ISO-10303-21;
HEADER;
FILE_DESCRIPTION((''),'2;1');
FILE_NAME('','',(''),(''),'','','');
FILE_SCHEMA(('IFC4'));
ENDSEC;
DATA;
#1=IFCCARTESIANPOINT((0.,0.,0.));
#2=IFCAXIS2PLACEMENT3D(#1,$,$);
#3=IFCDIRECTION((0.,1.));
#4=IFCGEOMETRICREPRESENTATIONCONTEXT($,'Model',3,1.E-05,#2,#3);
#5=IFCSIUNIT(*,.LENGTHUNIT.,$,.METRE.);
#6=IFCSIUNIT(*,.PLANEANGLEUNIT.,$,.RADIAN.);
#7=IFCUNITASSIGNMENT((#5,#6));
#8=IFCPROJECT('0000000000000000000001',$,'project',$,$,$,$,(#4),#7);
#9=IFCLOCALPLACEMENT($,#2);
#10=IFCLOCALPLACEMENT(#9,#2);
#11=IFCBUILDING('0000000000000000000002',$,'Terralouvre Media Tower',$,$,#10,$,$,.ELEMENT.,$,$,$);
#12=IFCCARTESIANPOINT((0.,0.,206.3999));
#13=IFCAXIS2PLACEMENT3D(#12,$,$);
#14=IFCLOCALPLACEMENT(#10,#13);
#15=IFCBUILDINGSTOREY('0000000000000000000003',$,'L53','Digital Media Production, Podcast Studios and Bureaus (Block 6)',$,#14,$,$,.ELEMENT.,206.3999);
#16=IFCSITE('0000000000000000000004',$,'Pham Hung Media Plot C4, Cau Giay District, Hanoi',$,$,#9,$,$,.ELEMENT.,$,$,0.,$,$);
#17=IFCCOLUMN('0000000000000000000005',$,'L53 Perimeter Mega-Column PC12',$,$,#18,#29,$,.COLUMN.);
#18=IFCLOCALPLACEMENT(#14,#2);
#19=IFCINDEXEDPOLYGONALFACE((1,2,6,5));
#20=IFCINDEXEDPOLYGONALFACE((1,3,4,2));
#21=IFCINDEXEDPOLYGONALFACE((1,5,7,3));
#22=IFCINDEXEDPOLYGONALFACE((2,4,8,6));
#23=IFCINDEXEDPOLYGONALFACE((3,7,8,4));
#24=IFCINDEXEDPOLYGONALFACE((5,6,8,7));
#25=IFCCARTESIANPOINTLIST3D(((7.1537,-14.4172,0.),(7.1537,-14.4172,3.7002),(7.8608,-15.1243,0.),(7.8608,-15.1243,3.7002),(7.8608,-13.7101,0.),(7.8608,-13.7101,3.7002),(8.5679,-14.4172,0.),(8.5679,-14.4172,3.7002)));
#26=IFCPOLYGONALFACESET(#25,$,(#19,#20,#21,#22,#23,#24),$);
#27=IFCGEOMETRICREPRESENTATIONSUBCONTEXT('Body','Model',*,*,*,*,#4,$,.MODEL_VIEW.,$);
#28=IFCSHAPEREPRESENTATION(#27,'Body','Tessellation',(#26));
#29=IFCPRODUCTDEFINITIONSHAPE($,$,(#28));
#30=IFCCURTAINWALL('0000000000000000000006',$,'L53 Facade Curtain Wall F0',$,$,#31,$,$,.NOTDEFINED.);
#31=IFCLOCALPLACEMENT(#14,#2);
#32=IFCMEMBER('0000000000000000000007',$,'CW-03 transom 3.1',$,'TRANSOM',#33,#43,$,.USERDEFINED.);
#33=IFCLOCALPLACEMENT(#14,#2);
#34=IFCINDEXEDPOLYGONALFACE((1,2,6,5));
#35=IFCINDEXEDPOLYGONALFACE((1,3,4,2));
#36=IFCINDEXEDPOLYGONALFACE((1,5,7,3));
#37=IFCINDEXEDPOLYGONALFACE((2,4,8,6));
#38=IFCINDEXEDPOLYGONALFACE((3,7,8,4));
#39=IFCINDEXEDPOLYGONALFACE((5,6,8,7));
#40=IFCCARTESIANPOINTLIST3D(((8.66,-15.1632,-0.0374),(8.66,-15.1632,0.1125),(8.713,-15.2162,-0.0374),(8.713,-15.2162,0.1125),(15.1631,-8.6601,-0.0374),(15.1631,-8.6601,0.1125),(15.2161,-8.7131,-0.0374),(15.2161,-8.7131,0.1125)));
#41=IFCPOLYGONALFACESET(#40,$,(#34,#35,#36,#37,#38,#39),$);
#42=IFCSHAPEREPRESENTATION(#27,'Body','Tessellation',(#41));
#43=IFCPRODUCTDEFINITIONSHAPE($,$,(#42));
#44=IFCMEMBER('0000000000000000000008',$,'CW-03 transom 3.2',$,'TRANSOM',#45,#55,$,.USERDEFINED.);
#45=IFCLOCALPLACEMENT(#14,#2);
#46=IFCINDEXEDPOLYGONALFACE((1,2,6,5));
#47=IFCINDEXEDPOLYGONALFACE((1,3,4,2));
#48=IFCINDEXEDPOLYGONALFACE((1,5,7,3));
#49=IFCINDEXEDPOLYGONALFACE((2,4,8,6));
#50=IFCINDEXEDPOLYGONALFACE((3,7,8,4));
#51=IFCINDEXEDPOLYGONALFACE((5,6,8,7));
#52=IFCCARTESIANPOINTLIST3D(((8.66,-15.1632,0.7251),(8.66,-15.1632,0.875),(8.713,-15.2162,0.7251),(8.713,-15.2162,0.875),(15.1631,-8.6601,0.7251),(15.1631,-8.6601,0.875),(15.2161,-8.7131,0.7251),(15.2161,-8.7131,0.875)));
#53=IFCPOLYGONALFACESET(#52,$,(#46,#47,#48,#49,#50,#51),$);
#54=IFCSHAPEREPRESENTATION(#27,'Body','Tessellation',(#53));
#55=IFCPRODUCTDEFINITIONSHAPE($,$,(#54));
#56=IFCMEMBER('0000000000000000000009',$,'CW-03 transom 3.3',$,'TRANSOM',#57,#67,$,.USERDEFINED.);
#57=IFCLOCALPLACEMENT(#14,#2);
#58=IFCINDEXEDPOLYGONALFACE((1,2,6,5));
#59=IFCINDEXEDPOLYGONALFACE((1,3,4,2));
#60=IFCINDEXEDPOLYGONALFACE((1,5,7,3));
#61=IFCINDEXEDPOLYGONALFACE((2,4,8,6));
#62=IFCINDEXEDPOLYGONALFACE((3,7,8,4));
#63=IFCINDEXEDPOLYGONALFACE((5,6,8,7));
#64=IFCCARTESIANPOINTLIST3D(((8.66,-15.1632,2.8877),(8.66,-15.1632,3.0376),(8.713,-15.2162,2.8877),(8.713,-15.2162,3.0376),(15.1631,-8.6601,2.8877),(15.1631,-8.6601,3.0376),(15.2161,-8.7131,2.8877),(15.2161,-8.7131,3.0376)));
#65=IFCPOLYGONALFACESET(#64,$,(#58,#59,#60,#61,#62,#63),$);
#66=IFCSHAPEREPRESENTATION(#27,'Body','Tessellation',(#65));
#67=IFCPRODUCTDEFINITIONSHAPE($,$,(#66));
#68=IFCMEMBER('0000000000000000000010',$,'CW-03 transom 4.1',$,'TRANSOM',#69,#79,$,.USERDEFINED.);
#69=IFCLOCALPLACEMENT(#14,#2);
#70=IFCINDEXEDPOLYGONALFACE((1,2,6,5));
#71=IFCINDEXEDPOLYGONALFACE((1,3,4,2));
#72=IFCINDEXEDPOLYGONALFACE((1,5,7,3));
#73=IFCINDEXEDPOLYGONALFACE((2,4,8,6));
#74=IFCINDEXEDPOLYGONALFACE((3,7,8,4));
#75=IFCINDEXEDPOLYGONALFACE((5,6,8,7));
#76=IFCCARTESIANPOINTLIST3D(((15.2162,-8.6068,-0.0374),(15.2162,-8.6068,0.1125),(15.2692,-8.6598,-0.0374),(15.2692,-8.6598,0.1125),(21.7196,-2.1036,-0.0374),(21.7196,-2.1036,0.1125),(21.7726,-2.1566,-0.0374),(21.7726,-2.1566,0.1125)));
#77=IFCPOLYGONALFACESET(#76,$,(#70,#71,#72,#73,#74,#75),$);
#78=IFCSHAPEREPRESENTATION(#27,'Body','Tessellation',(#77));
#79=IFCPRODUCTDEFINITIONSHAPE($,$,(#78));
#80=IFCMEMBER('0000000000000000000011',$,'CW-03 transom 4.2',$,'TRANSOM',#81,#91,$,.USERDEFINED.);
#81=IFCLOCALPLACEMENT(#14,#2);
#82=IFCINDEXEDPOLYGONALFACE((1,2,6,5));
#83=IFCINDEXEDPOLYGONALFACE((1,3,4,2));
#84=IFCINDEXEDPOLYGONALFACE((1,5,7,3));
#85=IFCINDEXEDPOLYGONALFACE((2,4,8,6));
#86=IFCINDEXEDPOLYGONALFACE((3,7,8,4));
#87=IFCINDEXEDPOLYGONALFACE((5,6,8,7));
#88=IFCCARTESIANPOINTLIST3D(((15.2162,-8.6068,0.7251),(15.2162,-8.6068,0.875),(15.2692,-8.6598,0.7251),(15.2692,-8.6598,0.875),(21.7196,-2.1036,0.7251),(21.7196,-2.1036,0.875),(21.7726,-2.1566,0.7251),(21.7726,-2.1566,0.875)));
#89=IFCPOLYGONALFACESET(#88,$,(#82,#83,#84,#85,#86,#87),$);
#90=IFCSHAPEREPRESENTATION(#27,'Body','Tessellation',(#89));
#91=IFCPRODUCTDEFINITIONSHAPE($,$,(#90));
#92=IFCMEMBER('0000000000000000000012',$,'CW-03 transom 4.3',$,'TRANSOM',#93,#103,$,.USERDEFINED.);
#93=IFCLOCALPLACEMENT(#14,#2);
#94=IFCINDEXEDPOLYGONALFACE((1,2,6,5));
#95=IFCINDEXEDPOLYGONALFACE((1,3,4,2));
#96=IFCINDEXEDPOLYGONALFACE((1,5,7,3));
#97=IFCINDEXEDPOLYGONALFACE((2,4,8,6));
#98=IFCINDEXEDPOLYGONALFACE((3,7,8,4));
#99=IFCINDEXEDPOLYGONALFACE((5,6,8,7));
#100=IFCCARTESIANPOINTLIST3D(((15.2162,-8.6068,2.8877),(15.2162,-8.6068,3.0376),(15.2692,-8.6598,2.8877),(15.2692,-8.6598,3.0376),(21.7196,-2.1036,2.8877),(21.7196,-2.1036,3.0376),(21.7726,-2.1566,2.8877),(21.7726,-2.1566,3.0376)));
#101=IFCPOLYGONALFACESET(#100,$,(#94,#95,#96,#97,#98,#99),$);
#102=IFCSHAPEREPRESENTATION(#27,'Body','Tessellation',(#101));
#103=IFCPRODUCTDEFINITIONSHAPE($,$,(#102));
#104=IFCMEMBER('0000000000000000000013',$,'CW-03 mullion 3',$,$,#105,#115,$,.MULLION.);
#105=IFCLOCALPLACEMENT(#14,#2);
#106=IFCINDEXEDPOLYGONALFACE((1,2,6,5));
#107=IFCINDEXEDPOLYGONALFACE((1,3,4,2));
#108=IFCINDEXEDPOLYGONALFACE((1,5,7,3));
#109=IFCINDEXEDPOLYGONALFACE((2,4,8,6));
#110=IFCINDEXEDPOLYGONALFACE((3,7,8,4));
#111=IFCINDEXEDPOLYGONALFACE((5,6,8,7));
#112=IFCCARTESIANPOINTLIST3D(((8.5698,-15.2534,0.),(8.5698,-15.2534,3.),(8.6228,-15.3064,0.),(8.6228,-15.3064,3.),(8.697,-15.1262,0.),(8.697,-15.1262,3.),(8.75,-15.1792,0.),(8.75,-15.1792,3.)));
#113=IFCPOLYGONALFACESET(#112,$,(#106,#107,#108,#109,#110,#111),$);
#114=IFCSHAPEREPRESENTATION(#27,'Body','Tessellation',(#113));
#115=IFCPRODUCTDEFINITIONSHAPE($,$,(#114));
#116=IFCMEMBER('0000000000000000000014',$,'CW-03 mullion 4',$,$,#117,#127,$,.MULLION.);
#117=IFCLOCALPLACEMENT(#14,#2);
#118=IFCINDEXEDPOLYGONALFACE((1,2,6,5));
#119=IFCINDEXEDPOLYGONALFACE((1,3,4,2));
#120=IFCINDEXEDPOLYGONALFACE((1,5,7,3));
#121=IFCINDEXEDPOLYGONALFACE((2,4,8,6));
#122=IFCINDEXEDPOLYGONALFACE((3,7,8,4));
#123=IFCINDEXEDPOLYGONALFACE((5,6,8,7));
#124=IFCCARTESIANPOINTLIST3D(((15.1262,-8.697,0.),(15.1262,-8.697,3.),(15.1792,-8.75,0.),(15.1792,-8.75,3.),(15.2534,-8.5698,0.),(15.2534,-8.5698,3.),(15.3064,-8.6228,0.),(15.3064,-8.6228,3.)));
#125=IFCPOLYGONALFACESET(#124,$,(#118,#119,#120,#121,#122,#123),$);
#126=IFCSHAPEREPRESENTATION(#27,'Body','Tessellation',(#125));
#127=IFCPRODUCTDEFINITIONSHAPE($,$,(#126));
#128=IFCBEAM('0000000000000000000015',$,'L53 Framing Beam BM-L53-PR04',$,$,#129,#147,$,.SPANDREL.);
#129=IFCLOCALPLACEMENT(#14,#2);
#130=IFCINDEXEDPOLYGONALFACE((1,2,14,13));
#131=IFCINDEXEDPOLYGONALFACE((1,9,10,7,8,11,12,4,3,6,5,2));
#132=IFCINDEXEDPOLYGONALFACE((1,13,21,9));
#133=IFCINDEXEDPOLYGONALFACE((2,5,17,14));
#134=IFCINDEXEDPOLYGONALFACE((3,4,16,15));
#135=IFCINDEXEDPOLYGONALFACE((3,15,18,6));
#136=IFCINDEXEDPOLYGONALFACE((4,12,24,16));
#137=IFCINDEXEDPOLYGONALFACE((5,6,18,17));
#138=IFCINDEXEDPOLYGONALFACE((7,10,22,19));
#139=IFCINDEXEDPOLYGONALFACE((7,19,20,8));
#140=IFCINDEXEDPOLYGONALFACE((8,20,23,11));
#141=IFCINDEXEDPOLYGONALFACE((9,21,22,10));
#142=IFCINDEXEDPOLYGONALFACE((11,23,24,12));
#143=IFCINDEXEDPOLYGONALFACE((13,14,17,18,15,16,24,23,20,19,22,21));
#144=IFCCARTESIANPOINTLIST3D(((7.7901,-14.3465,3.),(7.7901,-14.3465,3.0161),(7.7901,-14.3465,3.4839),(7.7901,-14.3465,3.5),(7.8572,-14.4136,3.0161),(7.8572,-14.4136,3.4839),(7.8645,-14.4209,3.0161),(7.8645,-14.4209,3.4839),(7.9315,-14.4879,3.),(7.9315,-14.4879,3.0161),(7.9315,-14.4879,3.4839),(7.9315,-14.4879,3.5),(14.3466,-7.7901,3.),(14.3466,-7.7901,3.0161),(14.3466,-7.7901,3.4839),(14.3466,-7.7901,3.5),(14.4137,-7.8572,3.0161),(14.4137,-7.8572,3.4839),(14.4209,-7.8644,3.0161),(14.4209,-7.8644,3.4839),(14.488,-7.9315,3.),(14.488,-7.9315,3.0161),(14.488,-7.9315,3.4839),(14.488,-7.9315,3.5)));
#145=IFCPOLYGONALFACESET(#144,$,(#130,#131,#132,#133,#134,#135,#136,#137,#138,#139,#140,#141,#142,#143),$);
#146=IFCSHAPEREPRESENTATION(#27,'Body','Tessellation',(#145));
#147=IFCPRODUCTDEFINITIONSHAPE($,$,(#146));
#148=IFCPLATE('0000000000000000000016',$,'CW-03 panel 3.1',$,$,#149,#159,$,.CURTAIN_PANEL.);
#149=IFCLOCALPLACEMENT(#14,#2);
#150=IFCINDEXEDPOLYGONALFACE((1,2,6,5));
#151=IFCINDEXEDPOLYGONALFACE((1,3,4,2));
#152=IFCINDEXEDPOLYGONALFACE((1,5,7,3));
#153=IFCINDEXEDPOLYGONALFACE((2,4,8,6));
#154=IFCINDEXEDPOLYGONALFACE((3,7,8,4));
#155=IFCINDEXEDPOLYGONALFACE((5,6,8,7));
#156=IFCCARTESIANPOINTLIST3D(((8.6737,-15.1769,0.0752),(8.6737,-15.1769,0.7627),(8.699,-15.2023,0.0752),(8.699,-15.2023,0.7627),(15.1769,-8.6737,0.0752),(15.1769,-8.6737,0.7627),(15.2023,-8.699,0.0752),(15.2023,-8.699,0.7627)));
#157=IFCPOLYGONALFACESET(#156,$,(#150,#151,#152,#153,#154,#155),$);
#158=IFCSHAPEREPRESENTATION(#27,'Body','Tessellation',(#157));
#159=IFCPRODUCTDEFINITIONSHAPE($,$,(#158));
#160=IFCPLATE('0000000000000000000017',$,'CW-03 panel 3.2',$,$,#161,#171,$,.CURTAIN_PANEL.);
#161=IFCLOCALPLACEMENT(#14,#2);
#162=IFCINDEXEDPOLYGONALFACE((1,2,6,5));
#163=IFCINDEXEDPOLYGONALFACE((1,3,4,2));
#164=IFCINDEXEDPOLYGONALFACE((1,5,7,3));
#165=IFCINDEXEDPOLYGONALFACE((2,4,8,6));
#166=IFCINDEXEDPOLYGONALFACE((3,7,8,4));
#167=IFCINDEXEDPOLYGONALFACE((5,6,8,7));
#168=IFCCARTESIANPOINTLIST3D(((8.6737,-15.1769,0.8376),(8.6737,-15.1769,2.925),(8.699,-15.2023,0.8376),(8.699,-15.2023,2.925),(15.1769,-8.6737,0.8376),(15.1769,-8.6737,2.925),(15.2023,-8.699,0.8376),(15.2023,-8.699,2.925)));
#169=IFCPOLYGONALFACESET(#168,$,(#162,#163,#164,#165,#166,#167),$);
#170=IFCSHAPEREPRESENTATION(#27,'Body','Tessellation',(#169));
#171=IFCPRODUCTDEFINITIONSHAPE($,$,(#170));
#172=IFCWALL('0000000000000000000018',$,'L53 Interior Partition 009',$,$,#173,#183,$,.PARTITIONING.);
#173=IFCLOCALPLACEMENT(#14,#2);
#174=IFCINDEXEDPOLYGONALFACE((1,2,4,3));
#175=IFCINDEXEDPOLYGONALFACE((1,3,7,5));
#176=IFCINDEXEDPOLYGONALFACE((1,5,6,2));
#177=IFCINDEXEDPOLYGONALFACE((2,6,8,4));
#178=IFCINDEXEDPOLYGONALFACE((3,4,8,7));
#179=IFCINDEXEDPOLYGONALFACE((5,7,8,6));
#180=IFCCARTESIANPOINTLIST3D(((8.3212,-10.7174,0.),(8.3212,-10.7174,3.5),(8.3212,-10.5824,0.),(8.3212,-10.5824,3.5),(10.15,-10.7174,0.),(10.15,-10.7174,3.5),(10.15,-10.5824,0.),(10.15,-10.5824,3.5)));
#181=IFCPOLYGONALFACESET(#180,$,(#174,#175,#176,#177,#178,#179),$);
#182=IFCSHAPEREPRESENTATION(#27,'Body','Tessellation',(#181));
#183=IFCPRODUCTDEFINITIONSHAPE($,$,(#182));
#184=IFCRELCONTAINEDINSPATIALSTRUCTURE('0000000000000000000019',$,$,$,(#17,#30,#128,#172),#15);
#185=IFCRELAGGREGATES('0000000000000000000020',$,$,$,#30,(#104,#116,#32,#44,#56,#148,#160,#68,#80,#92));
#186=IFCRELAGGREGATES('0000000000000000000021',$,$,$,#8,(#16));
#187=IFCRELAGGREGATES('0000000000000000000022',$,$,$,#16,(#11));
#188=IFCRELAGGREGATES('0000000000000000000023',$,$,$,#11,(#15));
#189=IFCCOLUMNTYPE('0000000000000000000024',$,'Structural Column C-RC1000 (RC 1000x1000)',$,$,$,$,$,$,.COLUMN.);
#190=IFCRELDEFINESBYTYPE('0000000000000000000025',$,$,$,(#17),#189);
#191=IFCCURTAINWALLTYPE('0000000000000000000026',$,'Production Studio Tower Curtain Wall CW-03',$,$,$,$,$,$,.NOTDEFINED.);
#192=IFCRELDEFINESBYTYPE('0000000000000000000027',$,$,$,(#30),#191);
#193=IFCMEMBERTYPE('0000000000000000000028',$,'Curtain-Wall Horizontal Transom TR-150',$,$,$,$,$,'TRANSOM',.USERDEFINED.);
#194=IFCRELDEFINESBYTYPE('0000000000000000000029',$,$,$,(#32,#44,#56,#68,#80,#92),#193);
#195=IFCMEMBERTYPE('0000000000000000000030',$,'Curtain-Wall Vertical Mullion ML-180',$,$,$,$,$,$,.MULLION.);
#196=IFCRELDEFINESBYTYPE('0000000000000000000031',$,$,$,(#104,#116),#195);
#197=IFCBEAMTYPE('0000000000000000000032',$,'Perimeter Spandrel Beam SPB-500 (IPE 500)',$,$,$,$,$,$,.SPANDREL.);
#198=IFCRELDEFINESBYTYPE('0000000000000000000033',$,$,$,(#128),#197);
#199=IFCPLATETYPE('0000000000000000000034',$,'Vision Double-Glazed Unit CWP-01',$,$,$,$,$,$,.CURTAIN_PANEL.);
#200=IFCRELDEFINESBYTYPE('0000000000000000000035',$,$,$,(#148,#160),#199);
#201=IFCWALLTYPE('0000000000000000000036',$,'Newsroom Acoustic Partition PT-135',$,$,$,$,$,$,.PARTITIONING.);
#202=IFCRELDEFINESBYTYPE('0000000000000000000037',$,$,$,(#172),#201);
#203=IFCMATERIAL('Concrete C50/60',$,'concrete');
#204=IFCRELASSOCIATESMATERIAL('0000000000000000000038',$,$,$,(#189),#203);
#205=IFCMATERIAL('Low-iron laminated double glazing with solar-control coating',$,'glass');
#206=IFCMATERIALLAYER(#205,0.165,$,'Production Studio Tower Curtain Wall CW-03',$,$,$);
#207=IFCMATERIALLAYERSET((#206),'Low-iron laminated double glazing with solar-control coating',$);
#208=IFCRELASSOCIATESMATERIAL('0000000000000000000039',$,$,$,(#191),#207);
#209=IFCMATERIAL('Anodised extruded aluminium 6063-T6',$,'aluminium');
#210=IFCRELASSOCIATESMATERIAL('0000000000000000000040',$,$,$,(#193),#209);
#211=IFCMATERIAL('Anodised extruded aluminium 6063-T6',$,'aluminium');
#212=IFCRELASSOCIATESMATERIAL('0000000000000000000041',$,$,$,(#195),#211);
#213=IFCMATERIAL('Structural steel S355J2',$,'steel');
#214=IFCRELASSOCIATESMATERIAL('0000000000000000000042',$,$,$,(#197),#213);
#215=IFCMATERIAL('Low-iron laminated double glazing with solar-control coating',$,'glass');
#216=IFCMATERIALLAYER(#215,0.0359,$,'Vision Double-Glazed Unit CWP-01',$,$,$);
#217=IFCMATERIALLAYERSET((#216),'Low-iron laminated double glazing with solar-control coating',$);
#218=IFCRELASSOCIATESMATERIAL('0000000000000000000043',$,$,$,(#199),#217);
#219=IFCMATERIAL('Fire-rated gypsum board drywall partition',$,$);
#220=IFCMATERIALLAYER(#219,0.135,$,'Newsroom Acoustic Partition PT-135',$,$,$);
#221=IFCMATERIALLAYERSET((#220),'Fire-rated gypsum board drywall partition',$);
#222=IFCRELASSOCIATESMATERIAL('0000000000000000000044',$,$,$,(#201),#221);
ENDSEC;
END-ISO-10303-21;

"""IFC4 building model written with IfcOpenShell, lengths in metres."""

from ifc_helpers import new_model, si_unit, direction, frame, frame_2d, origin, origin_2d, place, context, subcontext, project, spatial, rectangle, i_section, extrude, material, layer, layer_set, material_profile, profile_set, type_object, element, aggregate, save


model = new_model("IFC4")

# Units and contexts
model_context = context("Model", 3, precision=1e-05, world=origin(), true_north=direction((0.0, 1.0)))
body_context = subcontext(model_context, "Body", "Model", "MODEL_VIEW")
ifc_project = project(units=[si_unit("LENGTHUNIT", "METRE"), si_unit("PLANEANGLEUNIT", "RADIAN")], contexts=[model_context])

# Site, building, storey
site_placement = place(None, origin())
site = spatial("IfcSite", under=ifc_project, at=site_placement, Name="Pham Hung Media Plot C4, Cau Giay District, Hanoi", CompositionType="ELEMENT", RefElevation=0.0)
building_placement = place(site_placement, origin())
building = spatial("IfcBuilding", under=site, at=building_placement, Name="Terralouvre Media Tower", CompositionType="ELEMENT")
storey_placement = place(building_placement, frame((0.0, 0.0, 206.3999)))
storey = spatial("IfcBuildingStorey", under=building, at=storey_placement, Name="L53", Description="Digital Media Production, Podcast Studios and Bureaus (Block 6)", CompositionType="ELEMENT", Elevation=206.3999)

# Column
ifc_material_1 = material(Name="Concrete C50/60", Category="concrete")
ifc_material_profile_1 = material_profile(ifc_material_1, rectangle(XDim=1.0, YDim=1.0, at=origin_2d()), Name="RC 1000x1000")
ifc_profile_set_1 = profile_set([ifc_material_profile_1], Name="Concrete C50/60")
column_type = type_object("IfcColumnType", Name="Structural Column C-RC1000 (RC 1000x1000)", PredefinedType="COLUMN", material=ifc_profile_set_1)
column_placement = place(storey_placement, frame((7.8608, -14.4172, 0.0), z_axis=(0.0, 0.0, 1.0), x_axis=(0.707107, 0.707107, 0.0)))
element("IfcColumn", 1, at=column_placement, inside=storey, type_object=column_type, Name="L53 Perimeter Mega-Column PC12", PredefinedType="COLUMN", context=body_context, shape_type="SweptSolid", body=[
    extrude(rectangle(XDim=1.0, YDim=1.0, at=origin_2d()), origin(), (0.0, 0.0, 1.0), 3.7002),
])

# Curtain wall, members
ifc_material_2 = material(Name="Low-iron laminated double glazing with solar-control coating", Category="glass")
ifc_layer_1 = layer(ifc_material_2, 0.165, Name="Production Studio Tower Curtain Wall CW-03")
ifc_layer_set_1 = layer_set([ifc_layer_1], Name="Low-iron laminated double glazing with solar-control coating")
curtain_wall_type = type_object("IfcCurtainWallType", Name="Production Studio Tower Curtain Wall CW-03", PredefinedType="NOTDEFINED", material=ifc_layer_set_1)
curtain_wall_placement = place(storey_placement, origin())
curtain_wall = element("IfcCurtainWall", 2, at=curtain_wall_placement, inside=storey, type_object=curtain_wall_type, Name="L53 Facade Curtain Wall F0", PredefinedType="NOTDEFINED")
ifc_material_3 = material(Name="Anodised extruded aluminium 6063-T6", Category="aluminium")
ifc_material_profile_2 = material_profile(ifc_material_3, rectangle(XDim=0.075, YDim=0.1499, at=origin_2d()), Name="ALU 75x150")
ifc_profile_set_2 = profile_set([ifc_material_profile_2], Name="Anodised extruded aluminium 6063-T6")
member_type_1 = type_object("IfcMemberType", Name="Curtain-Wall Horizontal Transom TR-150", ElementType="TRANSOM", PredefinedType="USERDEFINED", material=ifc_profile_set_2)
member_1_placement = place(storey_placement, frame((8.6865, -15.1897, 0.0376), z_axis=(0.707107, 0.707107, 0.0), x_axis=(-0.707107, 0.707107, 0.0)))
member_1 = element("IfcMember", 3, at=member_1_placement, type_object=member_type_1, Name="CW-03 transom 3.1", ObjectType="TRANSOM", PredefinedType="USERDEFINED", context=body_context, shape_type="SweptSolid", body=[
    extrude(rectangle(XDim=0.075, YDim=0.1499, at=origin_2d()), origin(), (0.0, 0.0, 1.0), 9.1968),
])
member_2_placement = place(storey_placement, frame((8.6865, -15.1897, 0.8), z_axis=(0.707107, 0.707107, 0.0), x_axis=(-0.707107, 0.707107, 0.0)))
member_2 = element("IfcMember", 4, at=member_2_placement, type_object=member_type_1, Name="CW-03 transom 3.2", ObjectType="TRANSOM", PredefinedType="USERDEFINED", context=body_context, shape_type="SweptSolid", body=[
    extrude(rectangle(XDim=0.075, YDim=0.1499, at=origin_2d()), origin(), (0.0, 0.0, 1.0), 9.1968),
])
member_3_placement = place(storey_placement, frame((8.6865, -15.1897, 2.9626), z_axis=(0.707107, 0.707107, 0.0), x_axis=(-0.707107, 0.707107, 0.0)))
member_3 = element("IfcMember", 5, at=member_3_placement, type_object=member_type_1, Name="CW-03 transom 3.3", ObjectType="TRANSOM", PredefinedType="USERDEFINED", context=body_context, shape_type="SweptSolid", body=[
    extrude(rectangle(XDim=0.075, YDim=0.1499, at=origin_2d()), origin(), (0.0, 0.0, 1.0), 9.1968),
])
member_4_placement = place(storey_placement, frame((15.2427, -8.6333, 0.0376), z_axis=(0.70712, 0.707094, 0.0), x_axis=(-0.707094, 0.70712, 0.0)))
member_4 = element("IfcMember", 6, at=member_4_placement, type_object=member_type_1, Name="CW-03 transom 4.1", ObjectType="TRANSOM", PredefinedType="USERDEFINED", context=body_context, shape_type="SweptSolid", body=[
    extrude(rectangle(XDim=0.075, YDim=0.1499, at=origin_2d()), origin(), (0.0, 0.0, 1.0), 9.197),
])
member_5_placement = place(storey_placement, frame((15.2427, -8.6333, 0.8), z_axis=(0.70712, 0.707094, 0.0), x_axis=(-0.707094, 0.70712, 0.0)))
member_5 = element("IfcMember", 7, at=member_5_placement, type_object=member_type_1, Name="CW-03 transom 4.2", ObjectType="TRANSOM", PredefinedType="USERDEFINED", context=body_context, shape_type="SweptSolid", body=[
    extrude(rectangle(XDim=0.075, YDim=0.1499, at=origin_2d()), origin(), (0.0, 0.0, 1.0), 9.197),
])
member_6_placement = place(storey_placement, frame((15.2427, -8.6333, 2.9626), z_axis=(0.70712, 0.707094, 0.0), x_axis=(-0.707094, 0.70712, 0.0)))
member_6 = element("IfcMember", 8, at=member_6_placement, type_object=member_type_1, Name="CW-03 transom 4.3", ObjectType="TRANSOM", PredefinedType="USERDEFINED", context=body_context, shape_type="SweptSolid", body=[
    extrude(rectangle(XDim=0.075, YDim=0.1499, at=origin_2d()), origin(), (0.0, 0.0, 1.0), 9.197),
])
ifc_material_4 = material(Name="Anodised extruded aluminium 6063-T6", Category="aluminium")
ifc_material_profile_3 = material_profile(ifc_material_4, rectangle(XDim=0.075, YDim=0.1799, at=origin_2d()), Name="ALU 75x180")
ifc_profile_set_3 = profile_set([ifc_material_profile_3], Name="Anodised extruded aluminium 6063-T6")
member_type_2 = type_object("IfcMemberType", Name="Curtain-Wall Vertical Mullion ML-180", PredefinedType="MULLION", material=ifc_profile_set_3)
member_7_placement = place(storey_placement, frame((8.6599, -15.2163, 0.0), z_axis=(0.0, 0.0, 1.0), x_axis=(-0.707107, 0.707107, 0.0)))
member_7 = element("IfcMember", 9, at=member_7_placement, type_object=member_type_2, Name="CW-03 mullion 3", PredefinedType="MULLION", context=body_context, shape_type="SweptSolid", body=[
    extrude(rectangle(XDim=0.075, YDim=0.1799, at=origin_2d()), origin(), (0.0, 0.0, 1.0), 3.0),
])
member_8_placement = place(storey_placement, frame((15.2163, -8.6599, 0.0), z_axis=(0.0, 0.0, 1.0), x_axis=(-0.707107, 0.707107, 0.0)))
member_8 = element("IfcMember", 10, at=member_8_placement, type_object=member_type_2, Name="CW-03 mullion 4", PredefinedType="MULLION", context=body_context, shape_type="SweptSolid", body=[
    extrude(rectangle(XDim=0.075, YDim=0.1799, at=origin_2d()), origin(), (0.0, 0.0, 1.0), 3.0),
])

# Beam
ifc_material_5 = material(Name="Structural steel S355J2", Category="steel")
ifc_material_profile_4 = material_profile(ifc_material_5, i_section(OverallWidth=0.2, OverallDepth=0.5, WebThickness=0.0103, FlangeThickness=0.0161, at=origin_2d()), Name="IPE 500")
ifc_profile_set_4 = profile_set([ifc_material_profile_4], Name="Structural steel S355J2")
beam_type = type_object("IfcBeamType", Name="Perimeter Spandrel Beam SPB-500 (IPE 500)", PredefinedType="SPANDREL", material=ifc_profile_set_4)
beam_placement = place(storey_placement, frame((7.8608, -14.4172, 3.25), z_axis=(0.707107, 0.707107, 0.0), x_axis=(-0.707107, 0.707107, 0.0)))
element("IfcBeam", 11, at=beam_placement, inside=storey, type_object=beam_type, Name="L53 Framing Beam BM-L53-PR04", PredefinedType="SPANDREL", context=body_context, shape_type="SweptSolid", body=[
    extrude(i_section(OverallWidth=0.2, OverallDepth=0.5, WebThickness=0.0103, FlangeThickness=0.0161, at=origin_2d()), origin(), (0.0, 0.0, 1.0), 9.2722),
])

# Plates
ifc_material_6 = material(Name="Low-iron laminated double glazing with solar-control coating", Category="glass")
ifc_layer_2 = layer(ifc_material_6, 0.0359, Name="Vision Double-Glazed Unit CWP-01")
ifc_layer_set_2 = layer_set([ifc_layer_2], Name="Low-iron laminated double glazing with solar-control coating")
plate_type = type_object("IfcPlateType", Name="Vision Double-Glazed Unit CWP-01", PredefinedType="CURTAIN_PANEL", material=ifc_layer_set_2)
plate_1_placement = place(storey_placement, frame((11.938, -11.938, 0.0752), z_axis=(0.0, 0.0, 1.0), x_axis=(0.707107, 0.707107, 0.0)))
plate_1 = element("IfcPlate", 12, at=plate_1_placement, type_object=plate_type, Name="CW-03 panel 3.1", PredefinedType="CURTAIN_PANEL", context=body_context, shape_type="SweptSolid", body=[
    extrude(rectangle(XDim=9.197, YDim=0.0359, at=origin_2d()), origin(), (0.0, 0.0, 1.0), 0.6875),
])
plate_2_placement = place(storey_placement, frame((11.938, -11.938, 0.8376), z_axis=(0.0, 0.0, 1.0), x_axis=(0.707107, 0.707107, 0.0)))
plate_2 = element("IfcPlate", 13, at=plate_2_placement, type_object=plate_type, Name="CW-03 panel 3.2", PredefinedType="CURTAIN_PANEL", context=body_context, shape_type="SweptSolid", body=[
    extrude(rectangle(XDim=9.197, YDim=0.0359, at=origin_2d()), origin(), (0.0, 0.0, 1.0), 2.0874),
])
aggregate(curtain_wall, [member_7, member_8, member_1, member_2, member_3, plate_1, plate_2, member_4, member_5, member_6])

# Wall
ifc_material_7 = material(Name="Fire-rated gypsum board drywall partition")
ifc_layer_3 = layer(ifc_material_7, 0.135, Name="Newsroom Acoustic Partition PT-135")
ifc_layer_set_3 = layer_set([ifc_layer_3], Name="Fire-rated gypsum board drywall partition")
wall_type = type_object("IfcWallType", Name="Newsroom Acoustic Partition PT-135", PredefinedType="PARTITIONING", material=ifc_layer_set_3)
wall_1_placement = place(storey_placement, frame((8.321, -10.6499, 0.0), z_axis=(0.0, 0.0, 1.0), x_axis=(1.0, 0.0, 0.0)))
element("IfcWall", 14, at=wall_1_placement, inside=storey, type_object=wall_type, Name="L53 Interior Partition 009", PredefinedType="PARTITIONING", context=body_context, shape_type="SweptSolid", body=[
    extrude(rectangle(XDim=1.8289, YDim=0.135, at=frame_2d((0.9146, 0.0))), origin(), (0.0, 0.0, 1.0), 3.5),
])

save(model, "model.ifc")
